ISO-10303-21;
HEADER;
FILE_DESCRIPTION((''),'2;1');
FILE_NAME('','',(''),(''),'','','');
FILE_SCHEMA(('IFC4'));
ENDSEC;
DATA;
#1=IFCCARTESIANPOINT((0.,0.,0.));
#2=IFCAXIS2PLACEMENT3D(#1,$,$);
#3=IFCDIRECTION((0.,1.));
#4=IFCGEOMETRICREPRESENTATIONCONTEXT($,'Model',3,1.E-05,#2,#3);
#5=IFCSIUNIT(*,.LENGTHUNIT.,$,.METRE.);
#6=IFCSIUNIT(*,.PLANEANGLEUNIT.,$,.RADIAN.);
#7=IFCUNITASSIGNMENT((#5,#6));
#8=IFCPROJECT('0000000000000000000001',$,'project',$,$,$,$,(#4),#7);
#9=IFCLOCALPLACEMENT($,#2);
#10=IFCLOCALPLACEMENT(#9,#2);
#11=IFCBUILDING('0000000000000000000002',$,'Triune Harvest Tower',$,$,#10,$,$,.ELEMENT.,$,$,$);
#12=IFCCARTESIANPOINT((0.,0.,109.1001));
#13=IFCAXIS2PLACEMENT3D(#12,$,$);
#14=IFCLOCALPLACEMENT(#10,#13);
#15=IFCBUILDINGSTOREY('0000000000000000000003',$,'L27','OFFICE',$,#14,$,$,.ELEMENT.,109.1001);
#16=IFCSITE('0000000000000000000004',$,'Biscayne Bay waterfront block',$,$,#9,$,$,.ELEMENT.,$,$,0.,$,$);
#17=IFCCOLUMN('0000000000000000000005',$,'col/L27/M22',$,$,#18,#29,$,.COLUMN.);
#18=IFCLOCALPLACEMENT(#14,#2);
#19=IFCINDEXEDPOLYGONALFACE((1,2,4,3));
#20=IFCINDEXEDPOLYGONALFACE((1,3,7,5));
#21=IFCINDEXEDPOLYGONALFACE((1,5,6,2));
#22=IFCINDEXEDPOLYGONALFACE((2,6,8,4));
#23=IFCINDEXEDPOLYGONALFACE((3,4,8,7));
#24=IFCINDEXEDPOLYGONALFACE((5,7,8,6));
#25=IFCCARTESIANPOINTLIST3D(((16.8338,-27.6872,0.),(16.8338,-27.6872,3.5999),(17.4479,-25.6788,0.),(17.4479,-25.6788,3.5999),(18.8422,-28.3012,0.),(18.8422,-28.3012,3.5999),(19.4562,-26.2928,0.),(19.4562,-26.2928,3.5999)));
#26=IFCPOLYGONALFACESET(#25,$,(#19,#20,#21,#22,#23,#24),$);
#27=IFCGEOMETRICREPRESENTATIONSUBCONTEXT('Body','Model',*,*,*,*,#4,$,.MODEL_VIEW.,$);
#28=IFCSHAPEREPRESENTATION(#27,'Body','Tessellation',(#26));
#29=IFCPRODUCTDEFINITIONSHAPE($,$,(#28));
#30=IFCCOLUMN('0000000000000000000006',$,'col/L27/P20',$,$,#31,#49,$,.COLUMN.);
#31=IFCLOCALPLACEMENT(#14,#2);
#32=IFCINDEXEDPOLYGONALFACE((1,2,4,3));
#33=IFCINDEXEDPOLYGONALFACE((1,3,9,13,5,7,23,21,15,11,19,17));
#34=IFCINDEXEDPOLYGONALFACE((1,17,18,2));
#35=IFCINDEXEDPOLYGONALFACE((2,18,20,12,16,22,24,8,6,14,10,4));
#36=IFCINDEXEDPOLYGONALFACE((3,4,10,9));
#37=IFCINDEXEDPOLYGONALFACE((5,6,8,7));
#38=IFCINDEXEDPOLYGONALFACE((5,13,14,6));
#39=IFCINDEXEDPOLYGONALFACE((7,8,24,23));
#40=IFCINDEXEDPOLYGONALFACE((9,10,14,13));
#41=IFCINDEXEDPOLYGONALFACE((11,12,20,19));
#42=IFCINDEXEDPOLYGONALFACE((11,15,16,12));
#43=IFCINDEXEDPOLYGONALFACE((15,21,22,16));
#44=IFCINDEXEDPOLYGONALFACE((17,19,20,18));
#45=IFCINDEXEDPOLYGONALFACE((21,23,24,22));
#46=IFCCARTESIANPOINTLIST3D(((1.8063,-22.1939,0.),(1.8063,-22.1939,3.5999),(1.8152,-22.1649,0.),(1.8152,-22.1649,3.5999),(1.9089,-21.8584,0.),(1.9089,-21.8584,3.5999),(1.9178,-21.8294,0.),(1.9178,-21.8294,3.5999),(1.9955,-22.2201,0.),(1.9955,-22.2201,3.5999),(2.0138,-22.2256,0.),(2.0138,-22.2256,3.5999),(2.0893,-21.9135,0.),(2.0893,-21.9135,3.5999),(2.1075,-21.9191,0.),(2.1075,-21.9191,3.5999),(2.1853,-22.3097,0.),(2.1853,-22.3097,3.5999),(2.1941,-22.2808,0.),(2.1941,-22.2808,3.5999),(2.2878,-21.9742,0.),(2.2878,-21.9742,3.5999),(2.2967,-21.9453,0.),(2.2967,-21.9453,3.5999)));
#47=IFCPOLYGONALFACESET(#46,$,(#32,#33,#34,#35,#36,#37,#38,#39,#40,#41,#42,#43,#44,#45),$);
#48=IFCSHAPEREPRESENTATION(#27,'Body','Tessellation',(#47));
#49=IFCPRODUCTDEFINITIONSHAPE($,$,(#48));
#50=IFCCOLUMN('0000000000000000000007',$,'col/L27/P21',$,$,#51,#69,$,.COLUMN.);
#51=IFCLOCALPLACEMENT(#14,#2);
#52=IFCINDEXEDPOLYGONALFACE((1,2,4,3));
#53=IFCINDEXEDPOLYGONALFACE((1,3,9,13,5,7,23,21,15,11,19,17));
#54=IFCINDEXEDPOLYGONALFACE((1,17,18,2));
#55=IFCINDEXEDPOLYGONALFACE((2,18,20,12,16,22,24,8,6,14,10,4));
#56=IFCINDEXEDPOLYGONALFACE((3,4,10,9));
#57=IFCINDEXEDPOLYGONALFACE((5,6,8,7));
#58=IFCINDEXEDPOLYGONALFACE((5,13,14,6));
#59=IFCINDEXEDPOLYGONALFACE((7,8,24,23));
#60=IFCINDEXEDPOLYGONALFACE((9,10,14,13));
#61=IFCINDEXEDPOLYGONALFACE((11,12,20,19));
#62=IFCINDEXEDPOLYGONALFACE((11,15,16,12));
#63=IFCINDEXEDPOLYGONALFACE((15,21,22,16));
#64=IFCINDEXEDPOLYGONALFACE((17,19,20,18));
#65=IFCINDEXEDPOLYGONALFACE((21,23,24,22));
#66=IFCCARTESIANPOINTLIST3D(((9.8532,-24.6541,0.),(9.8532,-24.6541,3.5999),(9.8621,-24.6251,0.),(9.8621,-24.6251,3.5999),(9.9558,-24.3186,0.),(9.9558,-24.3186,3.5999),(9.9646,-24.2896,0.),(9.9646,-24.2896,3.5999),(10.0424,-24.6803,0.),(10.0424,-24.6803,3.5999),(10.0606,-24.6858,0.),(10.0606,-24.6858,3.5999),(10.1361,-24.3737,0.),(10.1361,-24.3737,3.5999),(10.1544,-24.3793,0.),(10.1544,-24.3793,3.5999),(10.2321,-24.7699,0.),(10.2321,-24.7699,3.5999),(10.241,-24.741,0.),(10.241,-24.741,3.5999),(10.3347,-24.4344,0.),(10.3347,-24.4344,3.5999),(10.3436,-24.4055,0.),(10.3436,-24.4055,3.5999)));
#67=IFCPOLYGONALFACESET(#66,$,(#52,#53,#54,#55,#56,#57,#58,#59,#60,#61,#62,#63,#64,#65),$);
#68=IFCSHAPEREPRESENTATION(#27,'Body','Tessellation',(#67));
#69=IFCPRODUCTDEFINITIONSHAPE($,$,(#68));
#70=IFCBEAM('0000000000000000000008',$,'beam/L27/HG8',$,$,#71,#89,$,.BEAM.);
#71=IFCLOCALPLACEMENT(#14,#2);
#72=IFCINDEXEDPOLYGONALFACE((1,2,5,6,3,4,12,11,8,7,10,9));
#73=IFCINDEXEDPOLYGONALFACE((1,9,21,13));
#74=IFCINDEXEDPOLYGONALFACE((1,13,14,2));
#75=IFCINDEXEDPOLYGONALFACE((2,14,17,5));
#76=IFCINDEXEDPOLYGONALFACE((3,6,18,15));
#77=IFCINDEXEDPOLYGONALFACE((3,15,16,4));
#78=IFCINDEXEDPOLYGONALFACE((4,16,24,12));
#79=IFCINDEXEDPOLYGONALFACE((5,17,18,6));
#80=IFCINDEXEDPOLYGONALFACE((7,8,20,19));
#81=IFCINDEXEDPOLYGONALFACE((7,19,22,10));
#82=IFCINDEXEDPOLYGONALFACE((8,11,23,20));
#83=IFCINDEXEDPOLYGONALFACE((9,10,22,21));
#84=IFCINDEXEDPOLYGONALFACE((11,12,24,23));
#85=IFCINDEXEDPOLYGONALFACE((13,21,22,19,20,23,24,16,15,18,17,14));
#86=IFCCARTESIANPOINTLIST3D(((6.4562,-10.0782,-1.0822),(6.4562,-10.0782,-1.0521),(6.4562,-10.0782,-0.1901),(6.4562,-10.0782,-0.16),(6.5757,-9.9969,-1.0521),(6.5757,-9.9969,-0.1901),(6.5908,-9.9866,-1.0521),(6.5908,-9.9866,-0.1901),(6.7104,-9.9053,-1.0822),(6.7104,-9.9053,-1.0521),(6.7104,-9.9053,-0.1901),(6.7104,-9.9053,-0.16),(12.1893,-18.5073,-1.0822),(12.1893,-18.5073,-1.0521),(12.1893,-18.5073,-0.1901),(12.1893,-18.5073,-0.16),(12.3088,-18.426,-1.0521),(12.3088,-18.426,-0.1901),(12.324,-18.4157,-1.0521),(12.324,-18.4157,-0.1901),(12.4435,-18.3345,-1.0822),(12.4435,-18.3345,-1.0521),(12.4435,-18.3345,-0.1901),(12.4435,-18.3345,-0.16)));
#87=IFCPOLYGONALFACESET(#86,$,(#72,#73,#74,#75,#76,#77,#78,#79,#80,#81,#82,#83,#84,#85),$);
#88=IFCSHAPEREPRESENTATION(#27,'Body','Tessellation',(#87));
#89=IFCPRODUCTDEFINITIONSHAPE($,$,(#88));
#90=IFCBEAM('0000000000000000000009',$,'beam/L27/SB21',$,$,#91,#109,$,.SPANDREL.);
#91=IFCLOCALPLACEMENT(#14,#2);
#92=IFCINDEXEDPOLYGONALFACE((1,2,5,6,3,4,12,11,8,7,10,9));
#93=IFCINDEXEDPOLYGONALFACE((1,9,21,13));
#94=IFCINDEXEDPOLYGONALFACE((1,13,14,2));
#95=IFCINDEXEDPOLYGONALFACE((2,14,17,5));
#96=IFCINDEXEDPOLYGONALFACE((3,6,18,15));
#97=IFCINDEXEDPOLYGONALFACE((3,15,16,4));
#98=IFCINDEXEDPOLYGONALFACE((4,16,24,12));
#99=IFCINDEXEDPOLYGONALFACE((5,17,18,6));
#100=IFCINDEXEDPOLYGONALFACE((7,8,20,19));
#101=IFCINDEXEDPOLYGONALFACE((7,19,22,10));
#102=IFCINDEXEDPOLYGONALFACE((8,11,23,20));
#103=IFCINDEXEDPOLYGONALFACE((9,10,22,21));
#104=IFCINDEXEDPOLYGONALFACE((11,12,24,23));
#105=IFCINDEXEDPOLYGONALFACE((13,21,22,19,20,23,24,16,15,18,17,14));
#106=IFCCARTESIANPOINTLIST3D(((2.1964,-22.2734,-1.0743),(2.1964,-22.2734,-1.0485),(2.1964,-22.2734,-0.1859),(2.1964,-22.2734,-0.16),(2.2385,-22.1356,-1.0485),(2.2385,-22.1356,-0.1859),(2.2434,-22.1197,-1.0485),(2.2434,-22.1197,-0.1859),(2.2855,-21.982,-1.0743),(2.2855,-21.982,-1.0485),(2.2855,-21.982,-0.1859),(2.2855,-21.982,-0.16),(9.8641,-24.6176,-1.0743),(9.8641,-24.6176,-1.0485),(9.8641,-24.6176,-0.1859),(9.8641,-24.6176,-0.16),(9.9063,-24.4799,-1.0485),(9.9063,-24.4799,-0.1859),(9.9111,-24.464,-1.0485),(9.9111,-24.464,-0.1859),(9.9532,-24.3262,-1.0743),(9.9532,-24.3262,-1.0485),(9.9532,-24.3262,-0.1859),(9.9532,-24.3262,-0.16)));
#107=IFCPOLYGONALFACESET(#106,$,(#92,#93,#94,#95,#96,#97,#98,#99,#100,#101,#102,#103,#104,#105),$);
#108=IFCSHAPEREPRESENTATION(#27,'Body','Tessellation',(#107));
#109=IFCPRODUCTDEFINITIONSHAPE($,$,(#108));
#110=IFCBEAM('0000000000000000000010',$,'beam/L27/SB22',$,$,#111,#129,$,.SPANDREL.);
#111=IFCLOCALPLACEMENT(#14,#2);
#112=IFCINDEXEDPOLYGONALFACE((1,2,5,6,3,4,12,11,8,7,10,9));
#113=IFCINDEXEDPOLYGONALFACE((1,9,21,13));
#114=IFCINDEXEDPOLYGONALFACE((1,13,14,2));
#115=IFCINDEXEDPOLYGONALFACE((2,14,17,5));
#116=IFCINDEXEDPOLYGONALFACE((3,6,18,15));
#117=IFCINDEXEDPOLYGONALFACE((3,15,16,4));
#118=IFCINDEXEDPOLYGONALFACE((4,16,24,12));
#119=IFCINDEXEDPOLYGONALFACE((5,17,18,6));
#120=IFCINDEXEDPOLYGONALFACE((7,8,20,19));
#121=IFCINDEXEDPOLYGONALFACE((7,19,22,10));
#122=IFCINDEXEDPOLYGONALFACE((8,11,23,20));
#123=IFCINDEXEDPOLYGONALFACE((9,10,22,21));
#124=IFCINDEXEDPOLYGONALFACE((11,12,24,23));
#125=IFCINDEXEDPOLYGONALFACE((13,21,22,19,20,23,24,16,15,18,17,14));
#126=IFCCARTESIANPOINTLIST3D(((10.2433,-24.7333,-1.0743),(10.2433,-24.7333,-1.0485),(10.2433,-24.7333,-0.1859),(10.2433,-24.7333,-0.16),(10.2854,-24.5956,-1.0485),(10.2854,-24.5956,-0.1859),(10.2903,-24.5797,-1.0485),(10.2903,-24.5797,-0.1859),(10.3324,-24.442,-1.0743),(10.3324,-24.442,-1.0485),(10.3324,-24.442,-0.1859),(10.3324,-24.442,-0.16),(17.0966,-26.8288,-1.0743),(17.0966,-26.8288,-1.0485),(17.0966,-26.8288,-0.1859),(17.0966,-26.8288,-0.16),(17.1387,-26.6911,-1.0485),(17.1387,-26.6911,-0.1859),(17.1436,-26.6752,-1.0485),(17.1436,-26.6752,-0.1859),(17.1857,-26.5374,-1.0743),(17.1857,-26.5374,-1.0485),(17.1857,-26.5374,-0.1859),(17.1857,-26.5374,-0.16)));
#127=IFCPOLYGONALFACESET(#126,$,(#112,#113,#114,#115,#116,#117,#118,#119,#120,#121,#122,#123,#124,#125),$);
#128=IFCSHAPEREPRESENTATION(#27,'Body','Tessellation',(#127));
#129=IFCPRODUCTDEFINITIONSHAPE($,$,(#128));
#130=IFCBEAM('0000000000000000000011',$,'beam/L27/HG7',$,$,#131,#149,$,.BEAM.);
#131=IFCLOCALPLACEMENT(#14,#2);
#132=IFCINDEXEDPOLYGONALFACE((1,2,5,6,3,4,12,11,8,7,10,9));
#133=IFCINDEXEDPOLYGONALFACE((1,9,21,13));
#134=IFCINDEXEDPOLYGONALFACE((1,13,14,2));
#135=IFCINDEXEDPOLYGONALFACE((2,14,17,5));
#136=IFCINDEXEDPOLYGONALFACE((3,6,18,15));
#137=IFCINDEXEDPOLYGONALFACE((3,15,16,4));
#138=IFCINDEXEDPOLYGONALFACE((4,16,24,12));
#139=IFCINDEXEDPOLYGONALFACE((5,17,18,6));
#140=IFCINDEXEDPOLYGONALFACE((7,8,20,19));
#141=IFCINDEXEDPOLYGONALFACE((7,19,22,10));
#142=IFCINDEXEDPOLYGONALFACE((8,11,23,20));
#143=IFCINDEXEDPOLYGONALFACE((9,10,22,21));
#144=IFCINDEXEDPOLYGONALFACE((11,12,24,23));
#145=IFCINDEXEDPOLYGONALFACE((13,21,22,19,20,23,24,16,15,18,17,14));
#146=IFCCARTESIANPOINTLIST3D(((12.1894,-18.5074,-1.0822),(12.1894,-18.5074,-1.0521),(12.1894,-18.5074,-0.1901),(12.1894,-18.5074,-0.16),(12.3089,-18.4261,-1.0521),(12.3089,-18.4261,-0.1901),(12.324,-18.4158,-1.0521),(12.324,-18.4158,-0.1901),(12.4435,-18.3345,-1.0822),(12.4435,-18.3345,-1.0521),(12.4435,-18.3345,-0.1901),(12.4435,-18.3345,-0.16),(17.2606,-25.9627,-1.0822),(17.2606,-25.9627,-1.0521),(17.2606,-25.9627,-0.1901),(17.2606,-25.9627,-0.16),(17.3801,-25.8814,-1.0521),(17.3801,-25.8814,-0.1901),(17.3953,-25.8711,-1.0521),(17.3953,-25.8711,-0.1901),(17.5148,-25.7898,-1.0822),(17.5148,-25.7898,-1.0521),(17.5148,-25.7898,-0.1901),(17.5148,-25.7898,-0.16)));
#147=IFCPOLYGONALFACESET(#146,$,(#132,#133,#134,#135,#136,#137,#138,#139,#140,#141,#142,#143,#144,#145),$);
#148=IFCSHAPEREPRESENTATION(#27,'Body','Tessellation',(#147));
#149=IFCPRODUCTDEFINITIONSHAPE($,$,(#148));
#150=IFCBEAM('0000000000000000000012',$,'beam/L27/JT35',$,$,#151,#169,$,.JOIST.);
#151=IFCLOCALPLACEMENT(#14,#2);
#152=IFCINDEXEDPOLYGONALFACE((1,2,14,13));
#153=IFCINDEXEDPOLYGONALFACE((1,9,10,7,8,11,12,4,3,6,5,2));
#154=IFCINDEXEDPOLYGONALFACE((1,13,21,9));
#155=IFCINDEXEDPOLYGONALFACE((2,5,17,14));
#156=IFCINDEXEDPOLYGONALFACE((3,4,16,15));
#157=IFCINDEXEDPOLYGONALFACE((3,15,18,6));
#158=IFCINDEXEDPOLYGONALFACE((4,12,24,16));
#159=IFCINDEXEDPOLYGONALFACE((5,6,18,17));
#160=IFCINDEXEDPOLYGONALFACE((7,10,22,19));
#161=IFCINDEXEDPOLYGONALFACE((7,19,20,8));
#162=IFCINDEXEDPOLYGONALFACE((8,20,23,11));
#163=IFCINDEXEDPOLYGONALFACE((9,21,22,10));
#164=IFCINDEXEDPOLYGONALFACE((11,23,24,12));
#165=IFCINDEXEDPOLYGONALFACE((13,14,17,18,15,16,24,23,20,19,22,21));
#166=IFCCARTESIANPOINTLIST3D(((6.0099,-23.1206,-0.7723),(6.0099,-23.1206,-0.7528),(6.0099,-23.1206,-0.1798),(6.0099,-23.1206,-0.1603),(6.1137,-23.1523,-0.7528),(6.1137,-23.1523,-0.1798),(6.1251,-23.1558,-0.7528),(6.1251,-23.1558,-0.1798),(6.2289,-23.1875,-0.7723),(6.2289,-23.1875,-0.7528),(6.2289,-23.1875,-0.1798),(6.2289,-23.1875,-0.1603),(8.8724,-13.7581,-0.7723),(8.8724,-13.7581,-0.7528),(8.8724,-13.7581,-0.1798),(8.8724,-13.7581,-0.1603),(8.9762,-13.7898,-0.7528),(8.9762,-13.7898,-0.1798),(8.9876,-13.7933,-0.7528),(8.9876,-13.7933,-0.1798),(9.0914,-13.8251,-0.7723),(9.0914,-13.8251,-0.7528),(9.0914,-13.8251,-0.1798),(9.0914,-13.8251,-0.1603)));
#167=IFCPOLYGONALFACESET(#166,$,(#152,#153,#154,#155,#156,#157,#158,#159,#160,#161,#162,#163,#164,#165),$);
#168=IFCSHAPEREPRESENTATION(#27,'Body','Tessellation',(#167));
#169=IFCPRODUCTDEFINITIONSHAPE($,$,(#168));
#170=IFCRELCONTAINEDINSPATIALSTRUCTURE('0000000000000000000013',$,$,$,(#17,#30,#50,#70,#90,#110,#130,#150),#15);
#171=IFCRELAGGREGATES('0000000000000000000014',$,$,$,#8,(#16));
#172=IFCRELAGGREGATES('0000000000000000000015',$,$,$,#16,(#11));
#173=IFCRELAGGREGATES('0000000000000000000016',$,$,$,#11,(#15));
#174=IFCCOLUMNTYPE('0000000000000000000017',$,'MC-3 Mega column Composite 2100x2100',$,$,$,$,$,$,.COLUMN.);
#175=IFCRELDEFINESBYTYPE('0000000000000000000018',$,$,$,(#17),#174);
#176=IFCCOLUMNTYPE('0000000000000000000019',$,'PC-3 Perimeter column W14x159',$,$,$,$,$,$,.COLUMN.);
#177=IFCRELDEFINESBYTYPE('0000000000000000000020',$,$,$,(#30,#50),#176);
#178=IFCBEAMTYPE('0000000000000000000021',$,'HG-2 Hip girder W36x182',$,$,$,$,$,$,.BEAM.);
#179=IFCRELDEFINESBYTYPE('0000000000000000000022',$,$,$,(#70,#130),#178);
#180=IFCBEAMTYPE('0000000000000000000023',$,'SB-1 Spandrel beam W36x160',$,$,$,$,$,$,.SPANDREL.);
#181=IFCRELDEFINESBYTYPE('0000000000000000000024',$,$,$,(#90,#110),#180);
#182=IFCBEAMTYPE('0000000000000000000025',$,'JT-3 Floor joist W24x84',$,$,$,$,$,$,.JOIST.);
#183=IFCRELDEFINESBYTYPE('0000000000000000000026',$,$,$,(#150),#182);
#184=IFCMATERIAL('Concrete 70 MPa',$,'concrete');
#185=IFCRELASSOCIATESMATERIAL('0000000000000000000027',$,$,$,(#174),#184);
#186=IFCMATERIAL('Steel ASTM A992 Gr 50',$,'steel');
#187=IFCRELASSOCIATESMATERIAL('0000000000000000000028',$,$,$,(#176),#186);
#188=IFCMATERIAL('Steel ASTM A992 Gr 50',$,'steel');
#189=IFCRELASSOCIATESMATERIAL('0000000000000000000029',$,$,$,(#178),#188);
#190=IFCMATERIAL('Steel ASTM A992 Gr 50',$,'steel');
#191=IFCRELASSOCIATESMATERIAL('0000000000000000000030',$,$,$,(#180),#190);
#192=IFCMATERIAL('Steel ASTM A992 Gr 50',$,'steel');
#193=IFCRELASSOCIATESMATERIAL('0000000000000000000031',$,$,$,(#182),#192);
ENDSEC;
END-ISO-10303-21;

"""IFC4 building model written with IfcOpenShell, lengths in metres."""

from ifc_helpers import new_model, si_unit, direction, frame, origin, origin_2d, place, context, subcontext, project, spatial, rectangle, i_section, extrude, source, transform, mapped, material, material_profile, profile_set, type_object, element, save


model = new_model("IFC4")

# Units and contexts
model_context = context("Model", 3, precision=1e-05, world=origin(), true_north=direction((0.0, 1.0)))
body_context = subcontext(model_context, "Body", "Model", "MODEL_VIEW")
ifc_project = project(units=[si_unit("LENGTHUNIT", "METRE"), si_unit("PLANEANGLEUNIT", "RADIAN")], contexts=[model_context])

# Site, building, storey
site_placement = place(None, origin())
site = spatial("IfcSite", under=ifc_project, at=site_placement, Name="Biscayne Bay waterfront block", CompositionType="ELEMENT", RefElevation=0.0)
building_placement = place(site_placement, origin())
building = spatial("IfcBuilding", under=site, at=building_placement, Name="Triune Harvest Tower", CompositionType="ELEMENT")
storey_placement = place(building_placement, frame((0.0, 0.0, 109.1001)))
storey = spatial("IfcBuildingStorey", under=building, at=storey_placement, Name="L27", Description="OFFICE", CompositionType="ELEMENT", Elevation=109.1001)

# Columns
ifc_material_1 = material(Name="Concrete 70 MPa", Category="concrete")
ifc_material_profile_1 = material_profile(ifc_material_1, rectangle(XDim=2.1001, YDim=2.1001, at=origin_2d()), Name="Composite 2100x2100")
ifc_profile_set_1 = profile_set([ifc_material_profile_1], Name="Concrete 70 MPa")
column_type_1 = type_object("IfcColumnType", Name="MC-3 Mega column Composite 2100x2100", PredefinedType="COLUMN", material=ifc_profile_set_1)
shared_shape_1 = source(origin(), body_context, "Body", "SweptSolid", [
    extrude(rectangle(XDim=2.1001, YDim=2.1001, at=origin_2d()), origin(), (0.0, 0.0, 1.0), 3.5999),
])
column_placement = place(storey_placement, frame((18.145, -26.99, 0.0), z_axis=(0.0, 0.0, 1.0), x_axis=(0.956305, -0.292372, 0.0)))
element("IfcColumn", 1, at=column_placement, inside=storey, type_object=column_type_1, Name="col/L27/M22", PredefinedType="COLUMN", context=body_context, shape_type="MappedRepresentation", body=[
    mapped(shared_shape_1, transform((0.0, 0.0, 0.0), scale=1.0)),
])
ifc_material_2 = material(Name="Steel ASTM A992 Gr 50", Category="steel")
ifc_material_profile_2 = material_profile(ifc_material_2, i_section(OverallWidth=0.3962, OverallDepth=0.3811, WebThickness=0.019, FlangeThickness=0.0303, at=origin_2d()), Name="W14x159")
ifc_profile_set_2 = profile_set([ifc_material_profile_2], Name="Steel ASTM A992 Gr 50")
column_type_2 = type_object("IfcColumnType", Name="PC-3 Perimeter column W14x159", PredefinedType="COLUMN", material=ifc_profile_set_2)
shared_shape_2 = source(origin(), body_context, "Body", "SweptSolid", [
    extrude(i_section(OverallWidth=0.3962, OverallDepth=0.3811, WebThickness=0.019, FlangeThickness=0.0303, at=origin_2d()), origin(), (0.0, 0.0, 1.0), 3.5999),
])
for number, where, z_axis, x_axis, name in (
    (2, (2.0515, -22.0696, 0.0), (0.0, 0.0, 1.0), (0.956305, -0.292372, 0.0), "col/L27/P20"),
    (3, (10.0984, -24.5298, 0.0), (0.0, 0.0, 1.0), (0.956305, -0.292372, 0.0), "col/L27/P21"),
):
    element("IfcColumn", number, at=place(storey_placement, frame(where, z_axis=z_axis, x_axis=x_axis)), inside=storey, type_object=column_type_2, Name=name, PredefinedType="COLUMN", context=body_context, shape_type="MappedRepresentation", body=[
        mapped(shared_shape_2, transform((0.0, 0.0, 0.0), scale=1.0)),
    ])

# Beams
ifc_material_3 = material(Name="Steel ASTM A992 Gr 50", Category="steel")
ifc_material_profile_3 = material_profile(ifc_material_3, i_section(OverallWidth=0.3074, OverallDepth=0.9221, WebThickness=0.0183, FlangeThickness=0.03, at=origin_2d()), Name="W36x182")
ifc_profile_set_3 = profile_set([ifc_material_profile_3], Name="Steel ASTM A992 Gr 50")
beam_type_1 = type_object("IfcBeamType", Name="HG-2 Hip girder W36x182", PredefinedType="BEAM", material=ifc_profile_set_3)
shared_shape_3 = source(origin(), body_context, "Body", "SweptSolid", [
    extrude(i_section(OverallWidth=0.3074, OverallDepth=0.9221, WebThickness=0.0183, FlangeThickness=0.03, at=origin_2d()), origin(), (0.0, 0.0, 1.0), 10.1941),
])
beam_1_placement = place(storey_placement, frame((12.3164, -18.4209, -0.6211), z_axis=(-0.562397, 0.826867, 0.0), x_axis=(-0.826867, -0.562397, 0.0)))
element("IfcBeam", 4, at=beam_1_placement, inside=storey, type_object=beam_type_1, Name="beam/L27/HG8", PredefinedType="BEAM", context=body_context, shape_type="MappedRepresentation", body=[
    mapped(shared_shape_3, transform((0.0, 0.0, 0.0), scale=1.0)),
])
ifc_material_4 = material(Name="Steel ASTM A992 Gr 50", Category="steel")
ifc_material_profile_4 = material_profile(ifc_material_4, i_section(OverallWidth=0.3047, OverallDepth=0.9143, WebThickness=0.0166, FlangeThickness=0.0259, at=origin_2d()), Name="W36x160")
ifc_profile_set_4 = profile_set([ifc_material_profile_4], Name="Steel ASTM A992 Gr 50")
beam_type_2 = type_object("IfcBeamType", Name="SB-1 Spandrel beam W36x160", PredefinedType="SPANDREL", material=ifc_profile_set_4)
shared_shape_4 = source(origin(), body_context, "Body", "SweptSolid", [
    extrude(i_section(OverallWidth=0.3047, OverallDepth=0.9143, WebThickness=0.0166, FlangeThickness=0.0259, at=origin_2d()), origin(), (0.0, 0.0, 1.0), 8.0181),
])
beam_2_placement = place(storey_placement, frame((2.241, -22.1277, -0.6172), z_axis=(0.956305, -0.292369, 0.0), x_axis=(0.292369, 0.956305, 0.0)))
element("IfcBeam", 5, at=beam_2_placement, inside=storey, type_object=beam_type_2, Name="beam/L27/SB21", PredefinedType="SPANDREL", context=body_context, shape_type="MappedRepresentation", body=[
    mapped(shared_shape_4, transform((0.0, 0.0, 0.0), scale=1.0)),
])
shared_shape_5 = source(origin(), body_context, "Body", "SweptSolid", [
    extrude(i_section(OverallWidth=0.3047, OverallDepth=0.9143, WebThickness=0.0166, FlangeThickness=0.0259, at=origin_2d()), origin(), (0.0, 0.0, 1.0), 7.1665),
])
beam_3_placement = place(storey_placement, frame((10.2878, -24.5876, -0.6172), z_axis=(0.956297, -0.292398, 0.0), x_axis=(0.292398, 0.956297, 0.0)))
element("IfcBeam", 6, at=beam_3_placement, inside=storey, type_object=beam_type_2, Name="beam/L27/SB22", PredefinedType="SPANDREL", context=body_context, shape_type="MappedRepresentation", body=[
    mapped(shared_shape_5, transform((0.0, 0.0, 0.0), scale=1.0)),
])
shared_shape_6 = source(origin(), body_context, "Body", "SweptSolid", [
    extrude(i_section(OverallWidth=0.3074, OverallDepth=0.9221, WebThickness=0.0183, FlangeThickness=0.03, at=origin_2d()), origin(), (0.0, 0.0, 1.0), 9.0166),
])
beam_4_placement = place(storey_placement, frame((17.3877, -25.8762, -0.6211), z_axis=(-0.562437, 0.82684, 0.0), x_axis=(-0.82684, -0.562437, 0.0)))
element("IfcBeam", 7, at=beam_4_placement, inside=storey, type_object=beam_type_1, Name="beam/L27/HG7", PredefinedType="BEAM", context=body_context, shape_type="MappedRepresentation", body=[
    mapped(shared_shape_6, transform((0.0, 0.0, 0.0), scale=1.0)),
])
ifc_material_5 = material(Name="Steel ASTM A992 Gr 50", Category="steel")
ifc_material_profile_5 = material_profile(ifc_material_5, i_section(OverallWidth=0.229, OverallDepth=0.6121, WebThickness=0.012, FlangeThickness=0.0195, at=origin_2d()), Name="W24x84")
ifc_profile_set_5 = profile_set([ifc_material_profile_5], Name="Steel ASTM A992 Gr 50")
beam_type_3 = type_object("IfcBeamType", Name="JT-3 Floor joist W24x84", PredefinedType="JOIST", material=ifc_profile_set_5)
shared_shape_7 = source(origin(), body_context, "Body", "SweptSolid", [
    extrude(i_section(OverallWidth=0.229, OverallDepth=0.6121, WebThickness=0.012, FlangeThickness=0.0195, at=origin_2d()), origin(), (0.0, 0.0, 1.0), 9.7903),
])
beam_5_placement = place(storey_placement, frame((6.1194, -23.1541, -0.4663), z_axis=(0.292384, 0.956301, 0.0), x_axis=(-0.956301, 0.292384, 0.0)))
element("IfcBeam", 8, at=beam_5_placement, inside=storey, type_object=beam_type_3, Name="beam/L27/JT35", PredefinedType="JOIST", context=body_context, shape_type="MappedRepresentation", body=[
    mapped(shared_shape_7, transform((0.0, 0.0, 0.0), scale=1.0)),
])

save(model, "model.ifc")
